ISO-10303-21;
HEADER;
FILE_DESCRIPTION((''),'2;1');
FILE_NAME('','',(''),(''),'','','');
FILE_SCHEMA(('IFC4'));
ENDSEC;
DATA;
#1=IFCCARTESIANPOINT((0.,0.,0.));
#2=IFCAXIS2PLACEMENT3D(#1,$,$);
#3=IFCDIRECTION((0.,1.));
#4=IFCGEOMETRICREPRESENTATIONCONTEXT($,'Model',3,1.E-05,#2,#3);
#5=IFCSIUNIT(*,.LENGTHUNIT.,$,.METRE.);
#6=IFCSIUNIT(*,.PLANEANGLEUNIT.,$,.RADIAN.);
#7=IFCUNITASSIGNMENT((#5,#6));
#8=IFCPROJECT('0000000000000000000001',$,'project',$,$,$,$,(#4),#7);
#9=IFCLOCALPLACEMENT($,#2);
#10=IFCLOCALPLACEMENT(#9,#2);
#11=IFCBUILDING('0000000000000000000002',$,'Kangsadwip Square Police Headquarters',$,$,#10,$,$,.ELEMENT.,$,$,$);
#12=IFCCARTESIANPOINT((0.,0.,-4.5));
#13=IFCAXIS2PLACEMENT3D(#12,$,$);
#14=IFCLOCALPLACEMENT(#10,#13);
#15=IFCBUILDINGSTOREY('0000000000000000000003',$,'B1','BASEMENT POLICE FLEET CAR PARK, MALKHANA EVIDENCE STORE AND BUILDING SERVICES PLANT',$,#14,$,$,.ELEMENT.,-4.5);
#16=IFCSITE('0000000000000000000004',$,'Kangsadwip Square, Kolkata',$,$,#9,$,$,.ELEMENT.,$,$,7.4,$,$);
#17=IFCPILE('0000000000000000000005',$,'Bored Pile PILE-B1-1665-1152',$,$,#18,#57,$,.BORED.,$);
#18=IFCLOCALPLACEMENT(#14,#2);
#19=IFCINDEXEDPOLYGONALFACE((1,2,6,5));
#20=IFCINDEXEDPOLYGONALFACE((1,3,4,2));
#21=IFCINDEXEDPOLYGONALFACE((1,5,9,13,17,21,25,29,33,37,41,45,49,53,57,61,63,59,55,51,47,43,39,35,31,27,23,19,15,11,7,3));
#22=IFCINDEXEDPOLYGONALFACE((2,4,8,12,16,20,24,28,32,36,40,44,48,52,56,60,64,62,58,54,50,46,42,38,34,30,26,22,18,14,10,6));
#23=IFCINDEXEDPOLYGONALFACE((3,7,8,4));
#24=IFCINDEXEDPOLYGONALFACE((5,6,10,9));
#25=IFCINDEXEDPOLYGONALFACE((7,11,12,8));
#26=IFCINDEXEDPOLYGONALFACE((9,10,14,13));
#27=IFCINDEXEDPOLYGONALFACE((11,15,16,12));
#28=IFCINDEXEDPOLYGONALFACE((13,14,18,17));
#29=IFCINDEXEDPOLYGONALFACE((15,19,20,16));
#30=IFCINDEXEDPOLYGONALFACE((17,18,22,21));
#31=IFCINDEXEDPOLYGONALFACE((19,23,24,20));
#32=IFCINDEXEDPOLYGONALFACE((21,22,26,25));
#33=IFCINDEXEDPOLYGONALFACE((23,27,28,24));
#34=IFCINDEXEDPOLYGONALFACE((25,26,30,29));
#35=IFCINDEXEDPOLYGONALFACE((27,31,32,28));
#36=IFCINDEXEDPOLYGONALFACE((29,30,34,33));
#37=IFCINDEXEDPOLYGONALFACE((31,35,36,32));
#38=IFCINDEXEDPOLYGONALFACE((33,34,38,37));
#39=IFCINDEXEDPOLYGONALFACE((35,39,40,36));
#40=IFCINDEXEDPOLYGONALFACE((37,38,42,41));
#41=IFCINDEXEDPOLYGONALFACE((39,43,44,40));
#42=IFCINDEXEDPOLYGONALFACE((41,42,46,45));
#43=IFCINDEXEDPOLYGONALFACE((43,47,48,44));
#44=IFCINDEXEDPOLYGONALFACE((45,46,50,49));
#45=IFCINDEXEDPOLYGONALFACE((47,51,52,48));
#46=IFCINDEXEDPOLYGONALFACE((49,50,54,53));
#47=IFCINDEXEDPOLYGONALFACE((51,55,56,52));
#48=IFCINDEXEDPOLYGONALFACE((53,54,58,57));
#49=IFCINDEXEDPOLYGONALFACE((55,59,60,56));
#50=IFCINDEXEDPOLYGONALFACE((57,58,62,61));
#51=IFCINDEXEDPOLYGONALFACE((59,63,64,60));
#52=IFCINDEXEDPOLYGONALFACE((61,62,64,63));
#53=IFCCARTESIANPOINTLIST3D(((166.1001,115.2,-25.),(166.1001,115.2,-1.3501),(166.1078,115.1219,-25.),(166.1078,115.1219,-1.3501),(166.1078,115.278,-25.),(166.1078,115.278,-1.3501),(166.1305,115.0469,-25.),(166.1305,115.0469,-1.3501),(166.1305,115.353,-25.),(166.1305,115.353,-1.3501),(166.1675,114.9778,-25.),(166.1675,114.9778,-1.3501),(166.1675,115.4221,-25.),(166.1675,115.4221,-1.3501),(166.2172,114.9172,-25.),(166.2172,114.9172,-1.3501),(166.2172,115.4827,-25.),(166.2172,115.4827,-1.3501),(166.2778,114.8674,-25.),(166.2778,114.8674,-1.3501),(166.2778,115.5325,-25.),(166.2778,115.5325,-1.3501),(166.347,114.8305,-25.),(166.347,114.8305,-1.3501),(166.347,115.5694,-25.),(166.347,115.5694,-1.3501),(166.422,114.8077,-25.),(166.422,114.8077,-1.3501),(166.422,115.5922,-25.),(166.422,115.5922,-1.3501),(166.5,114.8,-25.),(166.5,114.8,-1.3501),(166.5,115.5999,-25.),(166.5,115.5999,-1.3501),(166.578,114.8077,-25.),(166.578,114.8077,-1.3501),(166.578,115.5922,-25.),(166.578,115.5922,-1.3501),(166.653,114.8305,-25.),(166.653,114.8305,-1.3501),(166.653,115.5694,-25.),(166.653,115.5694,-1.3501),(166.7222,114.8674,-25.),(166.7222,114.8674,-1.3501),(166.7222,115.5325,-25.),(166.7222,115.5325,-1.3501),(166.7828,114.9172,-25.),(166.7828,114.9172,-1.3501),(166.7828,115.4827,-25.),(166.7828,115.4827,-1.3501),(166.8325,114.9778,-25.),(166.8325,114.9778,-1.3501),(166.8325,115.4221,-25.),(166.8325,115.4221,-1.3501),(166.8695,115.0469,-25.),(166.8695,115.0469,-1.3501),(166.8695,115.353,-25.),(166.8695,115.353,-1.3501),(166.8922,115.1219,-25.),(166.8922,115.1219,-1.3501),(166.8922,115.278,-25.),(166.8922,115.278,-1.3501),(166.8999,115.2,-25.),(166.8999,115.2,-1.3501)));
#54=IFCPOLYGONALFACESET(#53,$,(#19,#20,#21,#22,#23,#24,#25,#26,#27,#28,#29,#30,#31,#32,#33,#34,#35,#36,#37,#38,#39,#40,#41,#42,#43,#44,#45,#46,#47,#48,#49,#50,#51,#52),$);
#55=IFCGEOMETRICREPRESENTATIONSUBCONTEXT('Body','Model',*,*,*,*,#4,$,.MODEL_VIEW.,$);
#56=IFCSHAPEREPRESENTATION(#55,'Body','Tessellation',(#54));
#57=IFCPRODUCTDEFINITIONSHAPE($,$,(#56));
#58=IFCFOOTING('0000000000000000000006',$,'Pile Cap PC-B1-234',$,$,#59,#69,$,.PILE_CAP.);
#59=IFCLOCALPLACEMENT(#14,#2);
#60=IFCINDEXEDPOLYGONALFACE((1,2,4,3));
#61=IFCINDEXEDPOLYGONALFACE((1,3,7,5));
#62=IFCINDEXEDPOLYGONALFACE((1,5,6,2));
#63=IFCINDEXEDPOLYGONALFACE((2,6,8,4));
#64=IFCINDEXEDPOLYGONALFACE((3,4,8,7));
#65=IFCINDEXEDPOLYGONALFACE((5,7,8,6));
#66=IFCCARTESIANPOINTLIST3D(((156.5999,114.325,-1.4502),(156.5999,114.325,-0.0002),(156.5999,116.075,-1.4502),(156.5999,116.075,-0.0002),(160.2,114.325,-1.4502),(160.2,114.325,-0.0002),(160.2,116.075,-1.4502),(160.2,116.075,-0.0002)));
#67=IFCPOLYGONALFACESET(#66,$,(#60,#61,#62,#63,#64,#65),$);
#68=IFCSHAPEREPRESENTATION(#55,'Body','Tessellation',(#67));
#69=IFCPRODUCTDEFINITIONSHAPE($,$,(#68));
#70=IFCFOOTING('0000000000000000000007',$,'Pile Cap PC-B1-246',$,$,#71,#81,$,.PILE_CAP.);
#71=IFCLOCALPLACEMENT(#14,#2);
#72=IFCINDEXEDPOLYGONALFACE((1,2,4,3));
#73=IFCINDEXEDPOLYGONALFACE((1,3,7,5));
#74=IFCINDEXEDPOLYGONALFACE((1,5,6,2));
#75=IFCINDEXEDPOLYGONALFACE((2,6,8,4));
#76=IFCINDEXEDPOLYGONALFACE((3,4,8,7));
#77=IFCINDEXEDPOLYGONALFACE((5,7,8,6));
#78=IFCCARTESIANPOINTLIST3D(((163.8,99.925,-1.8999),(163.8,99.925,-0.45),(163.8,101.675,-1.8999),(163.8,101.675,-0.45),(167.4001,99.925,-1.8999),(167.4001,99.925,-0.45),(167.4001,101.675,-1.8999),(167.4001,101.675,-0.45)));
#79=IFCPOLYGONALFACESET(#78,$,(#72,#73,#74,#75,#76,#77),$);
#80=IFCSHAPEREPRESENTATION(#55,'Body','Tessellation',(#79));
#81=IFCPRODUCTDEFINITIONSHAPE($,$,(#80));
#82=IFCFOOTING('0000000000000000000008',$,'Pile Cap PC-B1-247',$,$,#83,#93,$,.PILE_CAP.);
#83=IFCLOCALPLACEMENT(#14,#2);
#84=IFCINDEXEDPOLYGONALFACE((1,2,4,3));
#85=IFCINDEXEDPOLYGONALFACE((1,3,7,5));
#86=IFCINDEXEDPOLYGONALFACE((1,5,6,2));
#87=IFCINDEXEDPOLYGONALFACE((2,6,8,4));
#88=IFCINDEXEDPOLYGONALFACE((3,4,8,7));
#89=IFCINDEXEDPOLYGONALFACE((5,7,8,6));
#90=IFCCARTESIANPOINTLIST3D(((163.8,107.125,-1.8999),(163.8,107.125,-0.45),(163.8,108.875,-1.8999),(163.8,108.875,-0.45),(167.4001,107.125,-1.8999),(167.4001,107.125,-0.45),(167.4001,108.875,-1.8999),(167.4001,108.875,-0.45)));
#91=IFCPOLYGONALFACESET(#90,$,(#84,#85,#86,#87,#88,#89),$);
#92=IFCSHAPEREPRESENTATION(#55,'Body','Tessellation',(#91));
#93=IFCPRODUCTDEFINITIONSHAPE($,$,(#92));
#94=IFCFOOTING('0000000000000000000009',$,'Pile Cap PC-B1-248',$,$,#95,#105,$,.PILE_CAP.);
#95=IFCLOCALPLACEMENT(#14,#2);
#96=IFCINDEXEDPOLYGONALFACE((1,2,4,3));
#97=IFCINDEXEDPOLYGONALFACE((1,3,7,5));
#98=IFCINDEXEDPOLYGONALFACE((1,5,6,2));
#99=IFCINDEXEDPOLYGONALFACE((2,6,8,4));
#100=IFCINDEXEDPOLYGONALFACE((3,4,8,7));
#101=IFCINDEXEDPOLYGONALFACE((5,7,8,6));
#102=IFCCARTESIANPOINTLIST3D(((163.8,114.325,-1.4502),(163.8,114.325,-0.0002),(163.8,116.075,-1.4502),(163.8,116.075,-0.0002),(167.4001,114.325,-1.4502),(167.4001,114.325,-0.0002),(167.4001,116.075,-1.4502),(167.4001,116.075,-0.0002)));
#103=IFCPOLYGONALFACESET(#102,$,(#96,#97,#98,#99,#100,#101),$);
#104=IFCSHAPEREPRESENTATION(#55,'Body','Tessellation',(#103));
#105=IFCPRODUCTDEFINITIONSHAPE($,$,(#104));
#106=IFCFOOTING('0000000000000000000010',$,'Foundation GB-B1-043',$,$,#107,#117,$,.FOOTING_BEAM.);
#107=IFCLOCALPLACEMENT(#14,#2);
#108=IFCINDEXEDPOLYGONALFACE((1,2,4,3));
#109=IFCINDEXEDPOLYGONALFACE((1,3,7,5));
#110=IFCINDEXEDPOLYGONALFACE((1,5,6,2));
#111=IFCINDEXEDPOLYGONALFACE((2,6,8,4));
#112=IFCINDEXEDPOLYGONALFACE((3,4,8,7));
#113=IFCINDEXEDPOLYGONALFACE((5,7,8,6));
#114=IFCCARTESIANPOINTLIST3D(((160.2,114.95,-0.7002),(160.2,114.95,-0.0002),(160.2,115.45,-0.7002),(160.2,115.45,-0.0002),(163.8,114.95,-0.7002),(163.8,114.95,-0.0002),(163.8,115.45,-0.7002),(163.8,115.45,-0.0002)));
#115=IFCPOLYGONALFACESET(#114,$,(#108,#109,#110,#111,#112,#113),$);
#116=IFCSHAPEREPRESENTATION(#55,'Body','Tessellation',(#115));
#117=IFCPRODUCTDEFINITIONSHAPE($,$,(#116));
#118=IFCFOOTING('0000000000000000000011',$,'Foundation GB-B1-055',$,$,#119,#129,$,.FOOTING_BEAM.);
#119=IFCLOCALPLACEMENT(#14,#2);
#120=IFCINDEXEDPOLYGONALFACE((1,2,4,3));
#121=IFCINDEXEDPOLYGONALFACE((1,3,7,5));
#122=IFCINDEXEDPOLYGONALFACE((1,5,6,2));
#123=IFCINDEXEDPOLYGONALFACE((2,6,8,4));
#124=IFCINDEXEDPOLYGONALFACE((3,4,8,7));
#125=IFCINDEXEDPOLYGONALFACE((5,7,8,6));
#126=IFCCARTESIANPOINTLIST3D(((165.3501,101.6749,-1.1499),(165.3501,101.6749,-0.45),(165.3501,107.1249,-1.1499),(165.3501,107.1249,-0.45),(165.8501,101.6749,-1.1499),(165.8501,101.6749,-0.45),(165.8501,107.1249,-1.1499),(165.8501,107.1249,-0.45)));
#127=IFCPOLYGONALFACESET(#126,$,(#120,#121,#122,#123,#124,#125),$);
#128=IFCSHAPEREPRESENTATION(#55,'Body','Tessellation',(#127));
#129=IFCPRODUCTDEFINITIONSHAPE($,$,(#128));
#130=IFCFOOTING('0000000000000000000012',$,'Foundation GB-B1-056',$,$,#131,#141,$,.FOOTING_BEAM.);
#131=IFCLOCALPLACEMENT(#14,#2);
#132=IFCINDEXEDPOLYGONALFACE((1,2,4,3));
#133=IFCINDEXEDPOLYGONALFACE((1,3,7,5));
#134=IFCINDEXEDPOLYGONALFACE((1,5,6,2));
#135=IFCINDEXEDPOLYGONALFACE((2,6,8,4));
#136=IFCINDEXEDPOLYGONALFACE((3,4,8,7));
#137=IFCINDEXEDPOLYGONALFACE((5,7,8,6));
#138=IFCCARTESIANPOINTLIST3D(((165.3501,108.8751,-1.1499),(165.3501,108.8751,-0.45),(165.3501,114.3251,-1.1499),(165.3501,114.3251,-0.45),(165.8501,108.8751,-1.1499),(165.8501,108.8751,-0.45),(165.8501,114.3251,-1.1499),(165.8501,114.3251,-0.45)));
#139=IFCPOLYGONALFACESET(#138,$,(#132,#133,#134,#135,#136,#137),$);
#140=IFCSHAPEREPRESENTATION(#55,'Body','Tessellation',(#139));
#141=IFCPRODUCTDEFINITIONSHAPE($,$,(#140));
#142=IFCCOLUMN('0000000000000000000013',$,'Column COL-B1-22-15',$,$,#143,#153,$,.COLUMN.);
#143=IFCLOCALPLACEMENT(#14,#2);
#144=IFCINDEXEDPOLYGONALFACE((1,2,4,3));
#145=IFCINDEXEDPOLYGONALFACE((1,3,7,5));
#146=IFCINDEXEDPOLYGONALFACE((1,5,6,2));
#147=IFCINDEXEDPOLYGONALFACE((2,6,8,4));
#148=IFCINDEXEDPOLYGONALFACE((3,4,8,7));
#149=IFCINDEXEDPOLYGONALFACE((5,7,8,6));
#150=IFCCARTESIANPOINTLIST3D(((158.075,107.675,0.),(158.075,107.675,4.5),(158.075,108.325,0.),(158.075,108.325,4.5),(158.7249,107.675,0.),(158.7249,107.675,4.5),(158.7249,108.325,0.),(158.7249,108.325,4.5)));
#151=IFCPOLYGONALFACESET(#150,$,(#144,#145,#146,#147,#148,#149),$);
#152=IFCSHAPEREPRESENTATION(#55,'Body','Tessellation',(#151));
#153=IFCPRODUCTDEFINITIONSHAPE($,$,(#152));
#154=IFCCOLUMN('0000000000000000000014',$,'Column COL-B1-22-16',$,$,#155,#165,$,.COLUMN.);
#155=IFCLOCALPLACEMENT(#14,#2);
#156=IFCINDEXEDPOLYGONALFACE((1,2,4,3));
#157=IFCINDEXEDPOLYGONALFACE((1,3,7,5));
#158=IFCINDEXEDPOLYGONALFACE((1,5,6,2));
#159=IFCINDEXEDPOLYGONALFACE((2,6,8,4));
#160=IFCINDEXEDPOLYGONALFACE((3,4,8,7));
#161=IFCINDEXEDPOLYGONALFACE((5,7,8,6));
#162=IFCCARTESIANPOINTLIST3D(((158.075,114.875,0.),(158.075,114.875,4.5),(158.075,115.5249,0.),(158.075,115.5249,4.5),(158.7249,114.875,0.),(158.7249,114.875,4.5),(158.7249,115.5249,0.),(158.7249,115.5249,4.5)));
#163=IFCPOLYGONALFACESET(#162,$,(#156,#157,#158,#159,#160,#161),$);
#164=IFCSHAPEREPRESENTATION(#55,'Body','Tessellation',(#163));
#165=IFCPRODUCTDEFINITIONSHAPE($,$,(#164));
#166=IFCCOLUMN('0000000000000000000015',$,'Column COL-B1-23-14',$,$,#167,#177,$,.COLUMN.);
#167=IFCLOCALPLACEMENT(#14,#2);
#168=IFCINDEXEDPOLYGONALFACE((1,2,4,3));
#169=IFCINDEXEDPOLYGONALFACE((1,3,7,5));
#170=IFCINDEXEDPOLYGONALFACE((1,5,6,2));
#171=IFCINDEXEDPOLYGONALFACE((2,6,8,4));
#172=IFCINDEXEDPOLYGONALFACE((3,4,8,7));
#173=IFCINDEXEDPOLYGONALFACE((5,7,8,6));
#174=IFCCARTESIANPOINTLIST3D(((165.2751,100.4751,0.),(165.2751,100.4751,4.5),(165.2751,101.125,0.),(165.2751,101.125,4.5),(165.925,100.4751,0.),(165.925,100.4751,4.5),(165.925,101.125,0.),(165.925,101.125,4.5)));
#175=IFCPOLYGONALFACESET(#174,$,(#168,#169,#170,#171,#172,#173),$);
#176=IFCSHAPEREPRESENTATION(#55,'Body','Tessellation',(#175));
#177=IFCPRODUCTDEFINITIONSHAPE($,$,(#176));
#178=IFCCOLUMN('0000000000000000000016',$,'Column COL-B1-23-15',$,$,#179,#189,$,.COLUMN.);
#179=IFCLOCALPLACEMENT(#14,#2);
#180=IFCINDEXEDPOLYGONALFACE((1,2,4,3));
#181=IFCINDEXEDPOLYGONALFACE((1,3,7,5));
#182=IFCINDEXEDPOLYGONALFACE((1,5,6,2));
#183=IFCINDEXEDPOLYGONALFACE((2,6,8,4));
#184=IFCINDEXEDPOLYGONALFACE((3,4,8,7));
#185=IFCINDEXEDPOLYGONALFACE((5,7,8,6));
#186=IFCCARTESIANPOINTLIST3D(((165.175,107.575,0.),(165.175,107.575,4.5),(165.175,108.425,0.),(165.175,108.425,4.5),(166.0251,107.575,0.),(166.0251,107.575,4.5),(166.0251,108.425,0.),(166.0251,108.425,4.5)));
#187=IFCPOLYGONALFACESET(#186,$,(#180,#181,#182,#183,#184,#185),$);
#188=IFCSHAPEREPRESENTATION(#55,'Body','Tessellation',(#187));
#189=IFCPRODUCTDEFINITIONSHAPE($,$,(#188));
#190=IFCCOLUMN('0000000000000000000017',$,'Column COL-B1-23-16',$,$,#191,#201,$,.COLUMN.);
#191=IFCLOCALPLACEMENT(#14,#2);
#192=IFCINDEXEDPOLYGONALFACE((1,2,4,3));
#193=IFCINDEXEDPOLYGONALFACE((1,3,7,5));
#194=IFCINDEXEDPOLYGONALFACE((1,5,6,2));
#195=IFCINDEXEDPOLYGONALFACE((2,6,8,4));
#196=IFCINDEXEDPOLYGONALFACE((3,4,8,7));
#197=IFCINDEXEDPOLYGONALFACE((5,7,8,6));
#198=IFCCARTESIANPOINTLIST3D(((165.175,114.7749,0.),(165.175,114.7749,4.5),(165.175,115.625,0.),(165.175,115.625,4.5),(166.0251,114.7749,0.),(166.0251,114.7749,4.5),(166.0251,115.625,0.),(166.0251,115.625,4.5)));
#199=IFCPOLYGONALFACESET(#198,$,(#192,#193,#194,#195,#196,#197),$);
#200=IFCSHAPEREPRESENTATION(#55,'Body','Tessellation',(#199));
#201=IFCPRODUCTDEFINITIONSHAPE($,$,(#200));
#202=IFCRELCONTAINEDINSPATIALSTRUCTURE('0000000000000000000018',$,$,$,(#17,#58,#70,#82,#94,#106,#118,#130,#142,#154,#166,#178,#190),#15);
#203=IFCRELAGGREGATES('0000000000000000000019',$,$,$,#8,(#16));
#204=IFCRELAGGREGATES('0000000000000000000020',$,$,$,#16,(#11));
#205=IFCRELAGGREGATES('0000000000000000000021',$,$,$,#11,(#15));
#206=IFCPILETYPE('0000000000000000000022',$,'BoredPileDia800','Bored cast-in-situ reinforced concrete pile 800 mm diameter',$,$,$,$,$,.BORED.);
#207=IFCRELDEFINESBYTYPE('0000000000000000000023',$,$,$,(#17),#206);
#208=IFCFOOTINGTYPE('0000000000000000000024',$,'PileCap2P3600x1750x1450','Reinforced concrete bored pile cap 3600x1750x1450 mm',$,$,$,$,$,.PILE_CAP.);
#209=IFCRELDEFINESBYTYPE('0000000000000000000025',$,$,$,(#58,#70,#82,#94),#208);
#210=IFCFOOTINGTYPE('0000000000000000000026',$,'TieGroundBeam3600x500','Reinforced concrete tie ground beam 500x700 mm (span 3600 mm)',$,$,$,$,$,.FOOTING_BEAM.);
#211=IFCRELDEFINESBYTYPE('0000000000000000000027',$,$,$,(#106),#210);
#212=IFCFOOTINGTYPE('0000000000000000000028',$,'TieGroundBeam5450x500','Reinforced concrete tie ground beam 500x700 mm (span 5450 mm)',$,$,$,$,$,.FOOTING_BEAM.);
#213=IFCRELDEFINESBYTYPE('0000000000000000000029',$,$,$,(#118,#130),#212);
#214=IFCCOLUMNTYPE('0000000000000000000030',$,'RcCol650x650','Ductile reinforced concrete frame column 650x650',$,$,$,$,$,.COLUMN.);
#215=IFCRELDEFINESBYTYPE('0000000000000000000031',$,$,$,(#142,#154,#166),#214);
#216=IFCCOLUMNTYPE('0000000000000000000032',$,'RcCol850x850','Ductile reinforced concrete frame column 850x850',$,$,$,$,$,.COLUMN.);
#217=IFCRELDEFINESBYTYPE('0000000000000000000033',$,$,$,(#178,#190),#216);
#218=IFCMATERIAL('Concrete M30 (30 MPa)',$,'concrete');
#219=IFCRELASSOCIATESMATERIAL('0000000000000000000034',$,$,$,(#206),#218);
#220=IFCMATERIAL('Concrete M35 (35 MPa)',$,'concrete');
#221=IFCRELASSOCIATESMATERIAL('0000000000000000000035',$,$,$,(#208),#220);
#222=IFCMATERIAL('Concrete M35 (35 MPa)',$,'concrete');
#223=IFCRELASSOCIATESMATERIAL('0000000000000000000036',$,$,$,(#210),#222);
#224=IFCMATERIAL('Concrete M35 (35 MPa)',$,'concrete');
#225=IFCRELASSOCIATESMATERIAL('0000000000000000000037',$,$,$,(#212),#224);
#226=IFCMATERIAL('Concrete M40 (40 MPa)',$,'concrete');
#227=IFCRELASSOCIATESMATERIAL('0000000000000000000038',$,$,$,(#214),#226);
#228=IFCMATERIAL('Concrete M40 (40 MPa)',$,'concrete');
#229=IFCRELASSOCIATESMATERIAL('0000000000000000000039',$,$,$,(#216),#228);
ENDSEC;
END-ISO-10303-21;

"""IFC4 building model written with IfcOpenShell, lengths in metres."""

from ifc_helpers import new_model, si_unit, direction, frame, origin, origin_2d, place, context, subcontext, project, spatial, rectangle, circle, extrude, material, material_profile, profile_set, type_object, element, save


model = new_model("IFC4")

# Units and contexts
model_context = context("Model", 3, precision=1e-05, world=origin(), true_north=direction((0.0, 1.0)))
body_context = subcontext(model_context, "Body", "Model", "MODEL_VIEW")
ifc_project = project(units=[si_unit("LENGTHUNIT", "METRE"), si_unit("PLANEANGLEUNIT", "RADIAN")], contexts=[model_context])

# Site, building, storey
site_placement = place(None, origin())
site = spatial("IfcSite", under=ifc_project, at=site_placement, Name="Kangsadwip Square, Kolkata", CompositionType="ELEMENT", RefElevation=7.4)
building_placement = place(site_placement, origin())
building = spatial("IfcBuilding", under=site, at=building_placement, Name="Kangsadwip Square Police Headquarters", CompositionType="ELEMENT")
storey_placement = place(building_placement, frame((0.0, 0.0, -4.5)))
storey = spatial("IfcBuildingStorey", under=building, at=storey_placement, Name="B1", Description="BASEMENT POLICE FLEET CAR PARK, MALKHANA EVIDENCE STORE AND BUILDING SERVICES PLANT", CompositionType="ELEMENT", Elevation=-4.5)

# Pile
ifc_material_1 = material(Name="Concrete M30 (30 MPa)", Category="concrete")
ifc_material_profile_1 = material_profile(ifc_material_1, circle(Radius=0.3999, at=origin_2d()), Name="PILE DIA 800")
ifc_profile_set_1 = profile_set([ifc_material_profile_1], Name="Concrete M30 (30 MPa)")
pile_type = type_object("IfcPileType", Name="BoredPileDia800", Description="Bored cast-in-situ reinforced concrete pile 800 mm diameter", PredefinedType="BORED", material=ifc_profile_set_1)
for number, where, z_axis, x_axis, name in (
    (1, (166.5, 115.2, -1.3501), (0.0, 0.0, -1.0), (1.0, 0.0, 0.0), "Bored Pile PILE-B1-1665-1152"),
):
    element("IfcPile", number, at=place(storey_placement, frame(where, z_axis=z_axis, x_axis=x_axis)), inside=storey, type_object=pile_type, Name=name, PredefinedType="BORED", context=body_context, shape_type="SweptSolid", body=[
        extrude(circle(Radius=0.3999, at=origin_2d()), origin(), (0.0, 0.0, 1.0), 23.6499),
    ])

# Footings
ifc_material_2 = material(Name="Concrete M35 (35 MPa)", Category="concrete")
footing_type_1 = type_object("IfcFootingType", Name="PileCap2P3600x1750x1450", Description="Reinforced concrete bored pile cap 3600x1750x1450 mm", PredefinedType="PILE_CAP", material=ifc_material_2)
for number, where, z_axis, x_axis, name in (
    (2, (158.3999, 115.2, -1.4502), (0.0, 0.0, 1.0), (1.0, 0.0, 0.0), "Pile Cap PC-B1-234"),
    (3, (165.6001, 100.8, -1.8999), (0.0, 0.0, 1.0), (1.0, 0.0, 0.0), "Pile Cap PC-B1-246"),
    (4, (165.6001, 108.0, -1.8999), (0.0, 0.0, 1.0), (1.0, 0.0, 0.0), "Pile Cap PC-B1-247"),
    (5, (165.6001, 115.2, -1.4502), (0.0, 0.0, 1.0), (1.0, 0.0, 0.0), "Pile Cap PC-B1-248"),
):
    element("IfcFooting", number, at=place(storey_placement, frame(where, z_axis=z_axis, x_axis=x_axis)), inside=storey, type_object=footing_type_1, Name=name, PredefinedType="PILE_CAP", context=body_context, shape_type="SweptSolid", body=[
        extrude(rectangle(XDim=3.6001, YDim=1.75, at=origin_2d()), origin(), (0.0, 0.0, 1.0), 1.45),
    ])
ifc_material_3 = material(Name="Concrete M35 (35 MPa)", Category="concrete")
footing_type_2 = type_object("IfcFootingType", Name="TieGroundBeam3600x500", Description="Reinforced concrete tie ground beam 500x700 mm (span 3600 mm)", PredefinedType="FOOTING_BEAM", material=ifc_material_3)
footing_placement = place(storey_placement, frame((162.0, 115.2, -0.7002), z_axis=(0.0, 0.0, 1.0), x_axis=(1.0, 0.0, 0.0)))
element("IfcFooting", 6, at=footing_placement, inside=storey, type_object=footing_type_2, Name="Foundation GB-B1-043", PredefinedType="FOOTING_BEAM", context=body_context, shape_type="SweptSolid", body=[
    extrude(rectangle(XDim=3.6001, YDim=0.5, at=origin_2d()), origin(), (0.0, 0.0, 1.0), 0.7),
])
ifc_material_4 = material(Name="Concrete M35 (35 MPa)", Category="concrete")
footing_type_3 = type_object("IfcFootingType", Name="TieGroundBeam5450x500", Description="Reinforced concrete tie ground beam 500x700 mm (span 5450 mm)", PredefinedType="FOOTING_BEAM", material=ifc_material_4)
for number, where, z_axis, x_axis, name in (
    (7, (165.6001, 104.3999, -1.1499), (0.0, 0.0, 1.0), (0.0, 1.0, 0.0), "Foundation GB-B1-055"),
    (8, (165.6001, 111.6001, -1.1499), (0.0, 0.0, 1.0), (0.0, 1.0, 0.0), "Foundation GB-B1-056"),
):
    element("IfcFooting", number, at=place(storey_placement, frame(where, z_axis=z_axis, x_axis=x_axis)), inside=storey, type_object=footing_type_3, Name=name, PredefinedType="FOOTING_BEAM", context=body_context, shape_type="SweptSolid", body=[
        extrude(rectangle(XDim=5.45, YDim=0.5, at=origin_2d()), origin(), (0.0, 0.0, 1.0), 0.7),
    ])

# Columns
ifc_material_5 = material(Name="Concrete M40 (40 MPa)", Category="concrete")
ifc_material_profile_2 = material_profile(ifc_material_5, rectangle(XDim=0.6499, YDim=0.6499, at=origin_2d()), Name="RC COL 650X650")
ifc_profile_set_2 = profile_set([ifc_material_profile_2], Name="Concrete M40 (40 MPa)")
column_type_1 = type_object("IfcColumnType", Name="RcCol650x650", Description="Ductile reinforced concrete frame column 650x650", PredefinedType="COLUMN", material=ifc_profile_set_2)
for number, where, z_axis, x_axis, name in (
    (9, (158.3999, 108.0, 0.0), (0.0, 0.0, 1.0), (1.0, 0.0, 0.0), "Column COL-B1-22-15"),
    (10, (158.3999, 115.2, 0.0), (0.0, 0.0, 1.0), (1.0, 0.0, 0.0), "Column COL-B1-22-16"),
    (11, (165.6001, 100.8, 0.0), (0.0, 0.0, 1.0), (1.0, 0.0, 0.0), "Column COL-B1-23-14"),
):
    element("IfcColumn", number, at=place(storey_placement, frame(where, z_axis=z_axis, x_axis=x_axis)), inside=storey, type_object=column_type_1, Name=name, PredefinedType="COLUMN", context=body_context, shape_type="SweptSolid", body=[
        extrude(rectangle(XDim=0.6499, YDim=0.6499, at=origin_2d()), origin(), (0.0, 0.0, 1.0), 4.5),
    ])
ifc_material_6 = material(Name="Concrete M40 (40 MPa)", Category="concrete")
ifc_material_profile_3 = material_profile(ifc_material_6, rectangle(XDim=0.8501, YDim=0.8501, at=origin_2d()), Name="RC COL 850X850")
ifc_profile_set_3 = profile_set([ifc_material_profile_3], Name="Concrete M40 (40 MPa)")
column_type_2 = type_object("IfcColumnType", Name="RcCol850x850", Description="Ductile reinforced concrete frame column 850x850", PredefinedType="COLUMN", material=ifc_profile_set_3)
for number, where, z_axis, x_axis, name in (
    (12, (165.6001, 108.0, 0.0), (0.0, 0.0, 1.0), (1.0, 0.0, 0.0), "Column COL-B1-23-15"),
    (13, (165.6001, 115.2, 0.0), (0.0, 0.0, 1.0), (1.0, 0.0, 0.0), "Column COL-B1-23-16"),
):
    element("IfcColumn", number, at=place(storey_placement, frame(where, z_axis=z_axis, x_axis=x_axis)), inside=storey, type_object=column_type_2, Name=name, PredefinedType="COLUMN", context=body_context, shape_type="SweptSolid", body=[
        extrude(rectangle(XDim=0.8501, YDim=0.8501, at=origin_2d()), origin(), (0.0, 0.0, 1.0), 4.5),
    ])

save(model, "model.ifc")
